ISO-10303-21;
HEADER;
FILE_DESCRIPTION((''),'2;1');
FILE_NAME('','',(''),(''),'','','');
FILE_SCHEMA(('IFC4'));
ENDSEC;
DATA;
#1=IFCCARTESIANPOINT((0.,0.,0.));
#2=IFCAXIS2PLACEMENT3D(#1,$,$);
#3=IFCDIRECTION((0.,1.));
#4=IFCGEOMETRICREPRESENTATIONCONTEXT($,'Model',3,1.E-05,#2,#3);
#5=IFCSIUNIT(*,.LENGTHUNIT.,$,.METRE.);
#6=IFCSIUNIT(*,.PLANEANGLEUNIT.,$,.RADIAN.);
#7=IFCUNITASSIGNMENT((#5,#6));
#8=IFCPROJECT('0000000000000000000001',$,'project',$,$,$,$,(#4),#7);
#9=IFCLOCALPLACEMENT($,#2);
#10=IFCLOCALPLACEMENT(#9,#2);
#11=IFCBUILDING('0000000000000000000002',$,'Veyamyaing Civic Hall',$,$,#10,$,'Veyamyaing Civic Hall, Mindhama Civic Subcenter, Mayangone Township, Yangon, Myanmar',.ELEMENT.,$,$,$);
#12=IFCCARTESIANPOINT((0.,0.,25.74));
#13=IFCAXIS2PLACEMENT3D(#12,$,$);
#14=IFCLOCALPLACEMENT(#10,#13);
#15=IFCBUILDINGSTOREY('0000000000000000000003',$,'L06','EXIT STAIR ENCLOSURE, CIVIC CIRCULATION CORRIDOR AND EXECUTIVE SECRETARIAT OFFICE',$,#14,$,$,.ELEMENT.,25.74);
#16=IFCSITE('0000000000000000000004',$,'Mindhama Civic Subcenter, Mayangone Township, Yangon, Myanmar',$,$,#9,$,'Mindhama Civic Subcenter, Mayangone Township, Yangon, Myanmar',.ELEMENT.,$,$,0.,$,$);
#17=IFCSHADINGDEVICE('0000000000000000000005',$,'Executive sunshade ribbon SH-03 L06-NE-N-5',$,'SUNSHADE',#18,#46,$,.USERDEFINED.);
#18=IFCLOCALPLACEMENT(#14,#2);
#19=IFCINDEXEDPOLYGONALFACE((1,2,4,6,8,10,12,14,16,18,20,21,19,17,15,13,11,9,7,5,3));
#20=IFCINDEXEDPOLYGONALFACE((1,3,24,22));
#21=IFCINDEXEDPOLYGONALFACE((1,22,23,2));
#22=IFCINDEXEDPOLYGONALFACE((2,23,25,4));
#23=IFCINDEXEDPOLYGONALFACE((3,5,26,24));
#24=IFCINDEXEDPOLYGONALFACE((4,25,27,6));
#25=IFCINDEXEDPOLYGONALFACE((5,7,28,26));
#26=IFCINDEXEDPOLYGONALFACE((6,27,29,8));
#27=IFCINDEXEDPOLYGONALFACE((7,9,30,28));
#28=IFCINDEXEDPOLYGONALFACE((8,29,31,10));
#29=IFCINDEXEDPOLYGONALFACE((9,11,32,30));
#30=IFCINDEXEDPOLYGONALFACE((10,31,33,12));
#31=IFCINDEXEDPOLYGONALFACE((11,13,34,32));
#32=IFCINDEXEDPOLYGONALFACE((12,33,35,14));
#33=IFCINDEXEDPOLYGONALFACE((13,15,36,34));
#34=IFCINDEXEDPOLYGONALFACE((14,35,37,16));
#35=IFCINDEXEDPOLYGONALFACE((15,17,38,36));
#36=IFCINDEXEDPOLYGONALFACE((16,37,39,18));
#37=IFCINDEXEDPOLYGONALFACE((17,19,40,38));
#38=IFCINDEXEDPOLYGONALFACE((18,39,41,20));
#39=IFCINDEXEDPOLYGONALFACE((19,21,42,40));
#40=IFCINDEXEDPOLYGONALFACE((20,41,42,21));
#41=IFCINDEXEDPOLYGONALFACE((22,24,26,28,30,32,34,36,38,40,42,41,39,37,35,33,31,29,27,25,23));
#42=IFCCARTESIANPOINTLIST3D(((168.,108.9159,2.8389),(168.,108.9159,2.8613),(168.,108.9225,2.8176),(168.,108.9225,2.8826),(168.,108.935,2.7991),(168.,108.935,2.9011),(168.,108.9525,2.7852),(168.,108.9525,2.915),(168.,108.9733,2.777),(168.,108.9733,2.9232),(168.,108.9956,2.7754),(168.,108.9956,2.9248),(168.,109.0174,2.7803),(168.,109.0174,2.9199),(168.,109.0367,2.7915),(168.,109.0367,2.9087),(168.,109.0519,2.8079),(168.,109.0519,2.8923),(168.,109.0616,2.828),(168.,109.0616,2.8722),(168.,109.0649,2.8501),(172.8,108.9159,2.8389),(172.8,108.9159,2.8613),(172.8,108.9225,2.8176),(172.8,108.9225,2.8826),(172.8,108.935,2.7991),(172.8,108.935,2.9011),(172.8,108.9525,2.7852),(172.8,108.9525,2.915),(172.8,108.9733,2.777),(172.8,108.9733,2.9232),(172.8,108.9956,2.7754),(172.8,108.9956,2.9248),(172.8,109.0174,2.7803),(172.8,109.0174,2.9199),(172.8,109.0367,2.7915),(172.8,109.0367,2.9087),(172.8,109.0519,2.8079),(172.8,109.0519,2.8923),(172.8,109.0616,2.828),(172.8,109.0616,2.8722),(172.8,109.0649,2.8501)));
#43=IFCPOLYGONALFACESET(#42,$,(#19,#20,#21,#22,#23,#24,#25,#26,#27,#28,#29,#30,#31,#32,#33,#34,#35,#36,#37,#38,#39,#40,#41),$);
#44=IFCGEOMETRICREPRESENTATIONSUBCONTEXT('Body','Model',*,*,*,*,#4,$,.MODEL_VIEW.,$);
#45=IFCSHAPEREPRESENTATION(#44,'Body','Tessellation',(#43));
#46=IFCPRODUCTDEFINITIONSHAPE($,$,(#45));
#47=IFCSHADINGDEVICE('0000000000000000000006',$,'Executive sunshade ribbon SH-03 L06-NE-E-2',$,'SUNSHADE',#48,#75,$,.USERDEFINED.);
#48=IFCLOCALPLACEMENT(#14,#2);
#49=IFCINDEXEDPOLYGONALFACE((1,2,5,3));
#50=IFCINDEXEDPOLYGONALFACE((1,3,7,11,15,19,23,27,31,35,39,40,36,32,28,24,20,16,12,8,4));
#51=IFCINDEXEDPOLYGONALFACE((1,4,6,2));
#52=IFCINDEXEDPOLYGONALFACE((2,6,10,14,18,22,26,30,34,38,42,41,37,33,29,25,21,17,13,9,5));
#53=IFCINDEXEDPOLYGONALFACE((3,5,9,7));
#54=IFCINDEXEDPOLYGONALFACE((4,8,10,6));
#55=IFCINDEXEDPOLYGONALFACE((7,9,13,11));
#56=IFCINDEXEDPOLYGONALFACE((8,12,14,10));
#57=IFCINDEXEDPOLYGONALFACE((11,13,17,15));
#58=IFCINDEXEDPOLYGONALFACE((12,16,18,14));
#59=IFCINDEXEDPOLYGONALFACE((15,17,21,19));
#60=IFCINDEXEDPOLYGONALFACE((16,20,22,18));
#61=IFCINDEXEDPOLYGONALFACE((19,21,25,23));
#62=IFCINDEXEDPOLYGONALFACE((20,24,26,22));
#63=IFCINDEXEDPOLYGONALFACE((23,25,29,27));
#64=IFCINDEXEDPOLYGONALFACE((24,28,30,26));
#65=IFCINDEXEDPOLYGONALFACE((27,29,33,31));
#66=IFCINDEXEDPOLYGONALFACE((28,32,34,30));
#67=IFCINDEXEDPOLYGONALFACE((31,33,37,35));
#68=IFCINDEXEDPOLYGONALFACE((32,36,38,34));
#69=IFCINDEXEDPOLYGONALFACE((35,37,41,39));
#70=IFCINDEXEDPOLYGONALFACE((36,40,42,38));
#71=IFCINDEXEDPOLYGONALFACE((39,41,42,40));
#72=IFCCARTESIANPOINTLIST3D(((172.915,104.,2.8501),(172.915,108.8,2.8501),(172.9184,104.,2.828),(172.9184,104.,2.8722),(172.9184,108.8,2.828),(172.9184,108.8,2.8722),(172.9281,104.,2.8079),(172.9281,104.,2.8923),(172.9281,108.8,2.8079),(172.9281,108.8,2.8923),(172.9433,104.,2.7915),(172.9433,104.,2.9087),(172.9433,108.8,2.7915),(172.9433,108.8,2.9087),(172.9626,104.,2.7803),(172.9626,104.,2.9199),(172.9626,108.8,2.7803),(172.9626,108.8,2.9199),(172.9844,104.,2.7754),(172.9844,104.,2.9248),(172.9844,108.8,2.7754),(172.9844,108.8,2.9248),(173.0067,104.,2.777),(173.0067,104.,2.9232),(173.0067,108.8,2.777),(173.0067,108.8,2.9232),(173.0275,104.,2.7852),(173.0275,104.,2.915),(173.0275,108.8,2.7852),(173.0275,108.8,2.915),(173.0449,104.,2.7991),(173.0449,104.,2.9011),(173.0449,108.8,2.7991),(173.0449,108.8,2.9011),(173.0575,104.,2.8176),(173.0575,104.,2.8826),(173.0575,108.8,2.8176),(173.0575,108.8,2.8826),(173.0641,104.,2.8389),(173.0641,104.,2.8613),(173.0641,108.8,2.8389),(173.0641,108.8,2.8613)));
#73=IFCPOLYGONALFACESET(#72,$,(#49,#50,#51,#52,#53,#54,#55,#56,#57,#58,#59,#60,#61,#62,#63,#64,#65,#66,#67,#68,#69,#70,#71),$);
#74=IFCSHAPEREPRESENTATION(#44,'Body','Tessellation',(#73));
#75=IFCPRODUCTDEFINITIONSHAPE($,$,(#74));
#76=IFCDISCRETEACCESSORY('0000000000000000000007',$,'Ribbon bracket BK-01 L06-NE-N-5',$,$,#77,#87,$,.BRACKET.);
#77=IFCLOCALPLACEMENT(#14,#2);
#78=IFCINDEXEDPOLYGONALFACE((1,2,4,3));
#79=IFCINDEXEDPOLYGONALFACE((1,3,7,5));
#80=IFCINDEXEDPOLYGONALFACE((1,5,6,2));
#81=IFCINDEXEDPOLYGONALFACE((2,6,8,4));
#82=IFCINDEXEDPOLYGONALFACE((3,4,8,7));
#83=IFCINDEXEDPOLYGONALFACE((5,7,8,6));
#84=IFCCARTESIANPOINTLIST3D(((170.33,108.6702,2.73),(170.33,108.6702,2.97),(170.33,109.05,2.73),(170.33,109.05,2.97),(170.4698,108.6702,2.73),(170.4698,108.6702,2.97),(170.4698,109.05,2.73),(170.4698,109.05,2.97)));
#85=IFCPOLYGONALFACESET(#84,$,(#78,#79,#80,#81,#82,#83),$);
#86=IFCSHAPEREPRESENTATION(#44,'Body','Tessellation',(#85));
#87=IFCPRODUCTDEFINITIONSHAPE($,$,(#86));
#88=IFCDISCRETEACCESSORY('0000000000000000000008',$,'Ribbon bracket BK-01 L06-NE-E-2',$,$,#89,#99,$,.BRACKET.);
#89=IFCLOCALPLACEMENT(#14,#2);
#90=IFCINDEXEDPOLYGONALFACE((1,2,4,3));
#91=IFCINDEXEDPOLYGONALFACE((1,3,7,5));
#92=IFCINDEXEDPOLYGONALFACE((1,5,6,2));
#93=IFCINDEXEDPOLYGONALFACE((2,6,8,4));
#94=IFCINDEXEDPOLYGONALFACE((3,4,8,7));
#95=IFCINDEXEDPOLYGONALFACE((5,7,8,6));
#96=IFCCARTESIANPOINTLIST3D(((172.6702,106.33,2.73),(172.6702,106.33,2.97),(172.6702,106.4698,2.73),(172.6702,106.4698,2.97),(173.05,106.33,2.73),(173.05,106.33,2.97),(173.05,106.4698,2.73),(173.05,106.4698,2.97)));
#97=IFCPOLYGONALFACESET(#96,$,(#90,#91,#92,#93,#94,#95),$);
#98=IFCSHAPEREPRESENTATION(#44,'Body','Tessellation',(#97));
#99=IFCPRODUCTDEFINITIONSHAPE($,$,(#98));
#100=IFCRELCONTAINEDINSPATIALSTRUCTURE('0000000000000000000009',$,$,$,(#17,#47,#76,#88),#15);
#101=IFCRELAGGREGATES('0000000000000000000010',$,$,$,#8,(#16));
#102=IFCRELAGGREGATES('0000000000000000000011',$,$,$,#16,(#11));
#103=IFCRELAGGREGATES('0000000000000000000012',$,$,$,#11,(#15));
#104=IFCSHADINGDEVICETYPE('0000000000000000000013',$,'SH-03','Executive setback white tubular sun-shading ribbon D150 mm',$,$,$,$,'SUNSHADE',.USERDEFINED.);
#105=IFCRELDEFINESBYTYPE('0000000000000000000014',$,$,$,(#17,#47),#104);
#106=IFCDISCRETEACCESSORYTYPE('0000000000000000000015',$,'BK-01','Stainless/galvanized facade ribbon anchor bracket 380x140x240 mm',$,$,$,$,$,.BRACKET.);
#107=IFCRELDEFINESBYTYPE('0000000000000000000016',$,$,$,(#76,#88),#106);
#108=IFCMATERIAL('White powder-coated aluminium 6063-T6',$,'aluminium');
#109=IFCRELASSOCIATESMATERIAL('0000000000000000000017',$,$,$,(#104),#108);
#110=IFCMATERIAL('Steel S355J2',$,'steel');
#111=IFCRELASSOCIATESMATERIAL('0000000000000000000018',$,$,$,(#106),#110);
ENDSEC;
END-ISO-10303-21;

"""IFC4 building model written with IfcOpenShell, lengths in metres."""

from ifc_helpers import new_model, si_unit, direction, frame, origin, origin_2d, place, context, subcontext, project, spatial, rectangle, circle, extrude, material, material_profile, profile_set, type_object, element, save


model = new_model("IFC4")

# Units and contexts
model_context = context("Model", 3, precision=1e-05, world=origin(), true_north=direction((0.0, 1.0)))
body_context = subcontext(model_context, "Body", "Model", "MODEL_VIEW")
ifc_project = project(units=[si_unit("LENGTHUNIT", "METRE"), si_unit("PLANEANGLEUNIT", "RADIAN")], contexts=[model_context])

# Site, building, storey
site_placement = place(None, origin())
site = spatial("IfcSite", under=ifc_project, at=site_placement, Name="Mindhama Civic Subcenter, Mayangone Township, Yangon, Myanmar", LongName="Mindhama Civic Subcenter, Mayangone Township, Yangon, Myanmar", CompositionType="ELEMENT", RefElevation=0.0)
building_placement = place(site_placement, origin())
building = spatial("IfcBuilding", under=site, at=building_placement, Name="Veyamyaing Civic Hall", LongName="Veyamyaing Civic Hall, Mindhama Civic Subcenter, Mayangone Township, Yangon, Myanmar", CompositionType="ELEMENT")
storey_placement = place(building_placement, frame((0.0, 0.0, 25.74)))
storey = spatial("IfcBuildingStorey", under=building, at=storey_placement, Name="L06", Description="EXIT STAIR ENCLOSURE, CIVIC CIRCULATION CORRIDOR AND EXECUTIVE SECRETARIAT OFFICE", CompositionType="ELEMENT", Elevation=25.74)

# Shared definitions
ifc_material_1 = material(Name="White powder-coated aluminium 6063-T6", Category="aluminium")

# Shared definitions
ifc_material_2 = material(Name="Steel S355J2", Category="steel")

# Shading devices
ifc_material_profile_1 = material_profile(ifc_material_1, circle(Radius=0.075, at=origin_2d()), Name="SHADE-TUBE-150")
ifc_profile_set_1 = profile_set([ifc_material_profile_1], Name="White powder-coated aluminium 6063-T6")
shading_device_type = type_object("IfcShadingDeviceType", Name="SH-03", Description="Executive setback white tubular sun-shading ribbon D150 mm", ElementType="SUNSHADE", PredefinedType="USERDEFINED", material=ifc_profile_set_1)
for number, where, z_axis, x_axis, name in (
    (1, (168.0, 108.99, 2.8501), (1.0, 0.0, 0.0), (0.0, 1.0, 0.0), "Executive sunshade ribbon SH-03 L06-NE-N-5"),
    (2, (172.99, 104.0, 2.8501), (0.0, 1.0, 0.0), (-1.0, 0.0, 0.0), "Executive sunshade ribbon SH-03 L06-NE-E-2"),
):
    element("IfcShadingDevice", number, at=place(storey_placement, frame(where, z_axis=z_axis, x_axis=x_axis)), inside=storey, type_object=shading_device_type, Name=name, ObjectType="SUNSHADE", PredefinedType="USERDEFINED", context=body_context, shape_type="SweptSolid", body=[
        extrude(circle(Radius=0.075, at=origin_2d()), origin(), (0.0, 0.0, 1.0), 4.8),
    ])

# Discrete accessories
discrete_accessory_type = type_object("IfcDiscreteAccessoryType", Name="BK-01", Description="Stainless/galvanized facade ribbon anchor bracket 380x140x240 mm", PredefinedType="BRACKET", material=ifc_material_2)
for number, where, z_axis, x_axis, name in (
    (3, (170.3999, 108.8601, 2.73), (0.0, 0.0, 1.0), (0.0, 1.0, 0.0), "Ribbon bracket BK-01 L06-NE-N-5"),
    (4, (172.8601, 106.3999, 2.73), (0.0, 0.0, 1.0), (1.0, 0.0, 0.0), "Ribbon bracket BK-01 L06-NE-E-2"),
):
    element("IfcDiscreteAccessory", number, at=place(storey_placement, frame(where, z_axis=z_axis, x_axis=x_axis)), inside=storey, type_object=discrete_accessory_type, Name=name, PredefinedType="BRACKET", context=body_context, shape_type="SweptSolid", body=[
        extrude(rectangle(XDim=0.3799, YDim=0.1399, at=origin_2d()), origin(), (0.0, 0.0, 1.0), 0.24),
    ])

save(model, "model.ifc")
